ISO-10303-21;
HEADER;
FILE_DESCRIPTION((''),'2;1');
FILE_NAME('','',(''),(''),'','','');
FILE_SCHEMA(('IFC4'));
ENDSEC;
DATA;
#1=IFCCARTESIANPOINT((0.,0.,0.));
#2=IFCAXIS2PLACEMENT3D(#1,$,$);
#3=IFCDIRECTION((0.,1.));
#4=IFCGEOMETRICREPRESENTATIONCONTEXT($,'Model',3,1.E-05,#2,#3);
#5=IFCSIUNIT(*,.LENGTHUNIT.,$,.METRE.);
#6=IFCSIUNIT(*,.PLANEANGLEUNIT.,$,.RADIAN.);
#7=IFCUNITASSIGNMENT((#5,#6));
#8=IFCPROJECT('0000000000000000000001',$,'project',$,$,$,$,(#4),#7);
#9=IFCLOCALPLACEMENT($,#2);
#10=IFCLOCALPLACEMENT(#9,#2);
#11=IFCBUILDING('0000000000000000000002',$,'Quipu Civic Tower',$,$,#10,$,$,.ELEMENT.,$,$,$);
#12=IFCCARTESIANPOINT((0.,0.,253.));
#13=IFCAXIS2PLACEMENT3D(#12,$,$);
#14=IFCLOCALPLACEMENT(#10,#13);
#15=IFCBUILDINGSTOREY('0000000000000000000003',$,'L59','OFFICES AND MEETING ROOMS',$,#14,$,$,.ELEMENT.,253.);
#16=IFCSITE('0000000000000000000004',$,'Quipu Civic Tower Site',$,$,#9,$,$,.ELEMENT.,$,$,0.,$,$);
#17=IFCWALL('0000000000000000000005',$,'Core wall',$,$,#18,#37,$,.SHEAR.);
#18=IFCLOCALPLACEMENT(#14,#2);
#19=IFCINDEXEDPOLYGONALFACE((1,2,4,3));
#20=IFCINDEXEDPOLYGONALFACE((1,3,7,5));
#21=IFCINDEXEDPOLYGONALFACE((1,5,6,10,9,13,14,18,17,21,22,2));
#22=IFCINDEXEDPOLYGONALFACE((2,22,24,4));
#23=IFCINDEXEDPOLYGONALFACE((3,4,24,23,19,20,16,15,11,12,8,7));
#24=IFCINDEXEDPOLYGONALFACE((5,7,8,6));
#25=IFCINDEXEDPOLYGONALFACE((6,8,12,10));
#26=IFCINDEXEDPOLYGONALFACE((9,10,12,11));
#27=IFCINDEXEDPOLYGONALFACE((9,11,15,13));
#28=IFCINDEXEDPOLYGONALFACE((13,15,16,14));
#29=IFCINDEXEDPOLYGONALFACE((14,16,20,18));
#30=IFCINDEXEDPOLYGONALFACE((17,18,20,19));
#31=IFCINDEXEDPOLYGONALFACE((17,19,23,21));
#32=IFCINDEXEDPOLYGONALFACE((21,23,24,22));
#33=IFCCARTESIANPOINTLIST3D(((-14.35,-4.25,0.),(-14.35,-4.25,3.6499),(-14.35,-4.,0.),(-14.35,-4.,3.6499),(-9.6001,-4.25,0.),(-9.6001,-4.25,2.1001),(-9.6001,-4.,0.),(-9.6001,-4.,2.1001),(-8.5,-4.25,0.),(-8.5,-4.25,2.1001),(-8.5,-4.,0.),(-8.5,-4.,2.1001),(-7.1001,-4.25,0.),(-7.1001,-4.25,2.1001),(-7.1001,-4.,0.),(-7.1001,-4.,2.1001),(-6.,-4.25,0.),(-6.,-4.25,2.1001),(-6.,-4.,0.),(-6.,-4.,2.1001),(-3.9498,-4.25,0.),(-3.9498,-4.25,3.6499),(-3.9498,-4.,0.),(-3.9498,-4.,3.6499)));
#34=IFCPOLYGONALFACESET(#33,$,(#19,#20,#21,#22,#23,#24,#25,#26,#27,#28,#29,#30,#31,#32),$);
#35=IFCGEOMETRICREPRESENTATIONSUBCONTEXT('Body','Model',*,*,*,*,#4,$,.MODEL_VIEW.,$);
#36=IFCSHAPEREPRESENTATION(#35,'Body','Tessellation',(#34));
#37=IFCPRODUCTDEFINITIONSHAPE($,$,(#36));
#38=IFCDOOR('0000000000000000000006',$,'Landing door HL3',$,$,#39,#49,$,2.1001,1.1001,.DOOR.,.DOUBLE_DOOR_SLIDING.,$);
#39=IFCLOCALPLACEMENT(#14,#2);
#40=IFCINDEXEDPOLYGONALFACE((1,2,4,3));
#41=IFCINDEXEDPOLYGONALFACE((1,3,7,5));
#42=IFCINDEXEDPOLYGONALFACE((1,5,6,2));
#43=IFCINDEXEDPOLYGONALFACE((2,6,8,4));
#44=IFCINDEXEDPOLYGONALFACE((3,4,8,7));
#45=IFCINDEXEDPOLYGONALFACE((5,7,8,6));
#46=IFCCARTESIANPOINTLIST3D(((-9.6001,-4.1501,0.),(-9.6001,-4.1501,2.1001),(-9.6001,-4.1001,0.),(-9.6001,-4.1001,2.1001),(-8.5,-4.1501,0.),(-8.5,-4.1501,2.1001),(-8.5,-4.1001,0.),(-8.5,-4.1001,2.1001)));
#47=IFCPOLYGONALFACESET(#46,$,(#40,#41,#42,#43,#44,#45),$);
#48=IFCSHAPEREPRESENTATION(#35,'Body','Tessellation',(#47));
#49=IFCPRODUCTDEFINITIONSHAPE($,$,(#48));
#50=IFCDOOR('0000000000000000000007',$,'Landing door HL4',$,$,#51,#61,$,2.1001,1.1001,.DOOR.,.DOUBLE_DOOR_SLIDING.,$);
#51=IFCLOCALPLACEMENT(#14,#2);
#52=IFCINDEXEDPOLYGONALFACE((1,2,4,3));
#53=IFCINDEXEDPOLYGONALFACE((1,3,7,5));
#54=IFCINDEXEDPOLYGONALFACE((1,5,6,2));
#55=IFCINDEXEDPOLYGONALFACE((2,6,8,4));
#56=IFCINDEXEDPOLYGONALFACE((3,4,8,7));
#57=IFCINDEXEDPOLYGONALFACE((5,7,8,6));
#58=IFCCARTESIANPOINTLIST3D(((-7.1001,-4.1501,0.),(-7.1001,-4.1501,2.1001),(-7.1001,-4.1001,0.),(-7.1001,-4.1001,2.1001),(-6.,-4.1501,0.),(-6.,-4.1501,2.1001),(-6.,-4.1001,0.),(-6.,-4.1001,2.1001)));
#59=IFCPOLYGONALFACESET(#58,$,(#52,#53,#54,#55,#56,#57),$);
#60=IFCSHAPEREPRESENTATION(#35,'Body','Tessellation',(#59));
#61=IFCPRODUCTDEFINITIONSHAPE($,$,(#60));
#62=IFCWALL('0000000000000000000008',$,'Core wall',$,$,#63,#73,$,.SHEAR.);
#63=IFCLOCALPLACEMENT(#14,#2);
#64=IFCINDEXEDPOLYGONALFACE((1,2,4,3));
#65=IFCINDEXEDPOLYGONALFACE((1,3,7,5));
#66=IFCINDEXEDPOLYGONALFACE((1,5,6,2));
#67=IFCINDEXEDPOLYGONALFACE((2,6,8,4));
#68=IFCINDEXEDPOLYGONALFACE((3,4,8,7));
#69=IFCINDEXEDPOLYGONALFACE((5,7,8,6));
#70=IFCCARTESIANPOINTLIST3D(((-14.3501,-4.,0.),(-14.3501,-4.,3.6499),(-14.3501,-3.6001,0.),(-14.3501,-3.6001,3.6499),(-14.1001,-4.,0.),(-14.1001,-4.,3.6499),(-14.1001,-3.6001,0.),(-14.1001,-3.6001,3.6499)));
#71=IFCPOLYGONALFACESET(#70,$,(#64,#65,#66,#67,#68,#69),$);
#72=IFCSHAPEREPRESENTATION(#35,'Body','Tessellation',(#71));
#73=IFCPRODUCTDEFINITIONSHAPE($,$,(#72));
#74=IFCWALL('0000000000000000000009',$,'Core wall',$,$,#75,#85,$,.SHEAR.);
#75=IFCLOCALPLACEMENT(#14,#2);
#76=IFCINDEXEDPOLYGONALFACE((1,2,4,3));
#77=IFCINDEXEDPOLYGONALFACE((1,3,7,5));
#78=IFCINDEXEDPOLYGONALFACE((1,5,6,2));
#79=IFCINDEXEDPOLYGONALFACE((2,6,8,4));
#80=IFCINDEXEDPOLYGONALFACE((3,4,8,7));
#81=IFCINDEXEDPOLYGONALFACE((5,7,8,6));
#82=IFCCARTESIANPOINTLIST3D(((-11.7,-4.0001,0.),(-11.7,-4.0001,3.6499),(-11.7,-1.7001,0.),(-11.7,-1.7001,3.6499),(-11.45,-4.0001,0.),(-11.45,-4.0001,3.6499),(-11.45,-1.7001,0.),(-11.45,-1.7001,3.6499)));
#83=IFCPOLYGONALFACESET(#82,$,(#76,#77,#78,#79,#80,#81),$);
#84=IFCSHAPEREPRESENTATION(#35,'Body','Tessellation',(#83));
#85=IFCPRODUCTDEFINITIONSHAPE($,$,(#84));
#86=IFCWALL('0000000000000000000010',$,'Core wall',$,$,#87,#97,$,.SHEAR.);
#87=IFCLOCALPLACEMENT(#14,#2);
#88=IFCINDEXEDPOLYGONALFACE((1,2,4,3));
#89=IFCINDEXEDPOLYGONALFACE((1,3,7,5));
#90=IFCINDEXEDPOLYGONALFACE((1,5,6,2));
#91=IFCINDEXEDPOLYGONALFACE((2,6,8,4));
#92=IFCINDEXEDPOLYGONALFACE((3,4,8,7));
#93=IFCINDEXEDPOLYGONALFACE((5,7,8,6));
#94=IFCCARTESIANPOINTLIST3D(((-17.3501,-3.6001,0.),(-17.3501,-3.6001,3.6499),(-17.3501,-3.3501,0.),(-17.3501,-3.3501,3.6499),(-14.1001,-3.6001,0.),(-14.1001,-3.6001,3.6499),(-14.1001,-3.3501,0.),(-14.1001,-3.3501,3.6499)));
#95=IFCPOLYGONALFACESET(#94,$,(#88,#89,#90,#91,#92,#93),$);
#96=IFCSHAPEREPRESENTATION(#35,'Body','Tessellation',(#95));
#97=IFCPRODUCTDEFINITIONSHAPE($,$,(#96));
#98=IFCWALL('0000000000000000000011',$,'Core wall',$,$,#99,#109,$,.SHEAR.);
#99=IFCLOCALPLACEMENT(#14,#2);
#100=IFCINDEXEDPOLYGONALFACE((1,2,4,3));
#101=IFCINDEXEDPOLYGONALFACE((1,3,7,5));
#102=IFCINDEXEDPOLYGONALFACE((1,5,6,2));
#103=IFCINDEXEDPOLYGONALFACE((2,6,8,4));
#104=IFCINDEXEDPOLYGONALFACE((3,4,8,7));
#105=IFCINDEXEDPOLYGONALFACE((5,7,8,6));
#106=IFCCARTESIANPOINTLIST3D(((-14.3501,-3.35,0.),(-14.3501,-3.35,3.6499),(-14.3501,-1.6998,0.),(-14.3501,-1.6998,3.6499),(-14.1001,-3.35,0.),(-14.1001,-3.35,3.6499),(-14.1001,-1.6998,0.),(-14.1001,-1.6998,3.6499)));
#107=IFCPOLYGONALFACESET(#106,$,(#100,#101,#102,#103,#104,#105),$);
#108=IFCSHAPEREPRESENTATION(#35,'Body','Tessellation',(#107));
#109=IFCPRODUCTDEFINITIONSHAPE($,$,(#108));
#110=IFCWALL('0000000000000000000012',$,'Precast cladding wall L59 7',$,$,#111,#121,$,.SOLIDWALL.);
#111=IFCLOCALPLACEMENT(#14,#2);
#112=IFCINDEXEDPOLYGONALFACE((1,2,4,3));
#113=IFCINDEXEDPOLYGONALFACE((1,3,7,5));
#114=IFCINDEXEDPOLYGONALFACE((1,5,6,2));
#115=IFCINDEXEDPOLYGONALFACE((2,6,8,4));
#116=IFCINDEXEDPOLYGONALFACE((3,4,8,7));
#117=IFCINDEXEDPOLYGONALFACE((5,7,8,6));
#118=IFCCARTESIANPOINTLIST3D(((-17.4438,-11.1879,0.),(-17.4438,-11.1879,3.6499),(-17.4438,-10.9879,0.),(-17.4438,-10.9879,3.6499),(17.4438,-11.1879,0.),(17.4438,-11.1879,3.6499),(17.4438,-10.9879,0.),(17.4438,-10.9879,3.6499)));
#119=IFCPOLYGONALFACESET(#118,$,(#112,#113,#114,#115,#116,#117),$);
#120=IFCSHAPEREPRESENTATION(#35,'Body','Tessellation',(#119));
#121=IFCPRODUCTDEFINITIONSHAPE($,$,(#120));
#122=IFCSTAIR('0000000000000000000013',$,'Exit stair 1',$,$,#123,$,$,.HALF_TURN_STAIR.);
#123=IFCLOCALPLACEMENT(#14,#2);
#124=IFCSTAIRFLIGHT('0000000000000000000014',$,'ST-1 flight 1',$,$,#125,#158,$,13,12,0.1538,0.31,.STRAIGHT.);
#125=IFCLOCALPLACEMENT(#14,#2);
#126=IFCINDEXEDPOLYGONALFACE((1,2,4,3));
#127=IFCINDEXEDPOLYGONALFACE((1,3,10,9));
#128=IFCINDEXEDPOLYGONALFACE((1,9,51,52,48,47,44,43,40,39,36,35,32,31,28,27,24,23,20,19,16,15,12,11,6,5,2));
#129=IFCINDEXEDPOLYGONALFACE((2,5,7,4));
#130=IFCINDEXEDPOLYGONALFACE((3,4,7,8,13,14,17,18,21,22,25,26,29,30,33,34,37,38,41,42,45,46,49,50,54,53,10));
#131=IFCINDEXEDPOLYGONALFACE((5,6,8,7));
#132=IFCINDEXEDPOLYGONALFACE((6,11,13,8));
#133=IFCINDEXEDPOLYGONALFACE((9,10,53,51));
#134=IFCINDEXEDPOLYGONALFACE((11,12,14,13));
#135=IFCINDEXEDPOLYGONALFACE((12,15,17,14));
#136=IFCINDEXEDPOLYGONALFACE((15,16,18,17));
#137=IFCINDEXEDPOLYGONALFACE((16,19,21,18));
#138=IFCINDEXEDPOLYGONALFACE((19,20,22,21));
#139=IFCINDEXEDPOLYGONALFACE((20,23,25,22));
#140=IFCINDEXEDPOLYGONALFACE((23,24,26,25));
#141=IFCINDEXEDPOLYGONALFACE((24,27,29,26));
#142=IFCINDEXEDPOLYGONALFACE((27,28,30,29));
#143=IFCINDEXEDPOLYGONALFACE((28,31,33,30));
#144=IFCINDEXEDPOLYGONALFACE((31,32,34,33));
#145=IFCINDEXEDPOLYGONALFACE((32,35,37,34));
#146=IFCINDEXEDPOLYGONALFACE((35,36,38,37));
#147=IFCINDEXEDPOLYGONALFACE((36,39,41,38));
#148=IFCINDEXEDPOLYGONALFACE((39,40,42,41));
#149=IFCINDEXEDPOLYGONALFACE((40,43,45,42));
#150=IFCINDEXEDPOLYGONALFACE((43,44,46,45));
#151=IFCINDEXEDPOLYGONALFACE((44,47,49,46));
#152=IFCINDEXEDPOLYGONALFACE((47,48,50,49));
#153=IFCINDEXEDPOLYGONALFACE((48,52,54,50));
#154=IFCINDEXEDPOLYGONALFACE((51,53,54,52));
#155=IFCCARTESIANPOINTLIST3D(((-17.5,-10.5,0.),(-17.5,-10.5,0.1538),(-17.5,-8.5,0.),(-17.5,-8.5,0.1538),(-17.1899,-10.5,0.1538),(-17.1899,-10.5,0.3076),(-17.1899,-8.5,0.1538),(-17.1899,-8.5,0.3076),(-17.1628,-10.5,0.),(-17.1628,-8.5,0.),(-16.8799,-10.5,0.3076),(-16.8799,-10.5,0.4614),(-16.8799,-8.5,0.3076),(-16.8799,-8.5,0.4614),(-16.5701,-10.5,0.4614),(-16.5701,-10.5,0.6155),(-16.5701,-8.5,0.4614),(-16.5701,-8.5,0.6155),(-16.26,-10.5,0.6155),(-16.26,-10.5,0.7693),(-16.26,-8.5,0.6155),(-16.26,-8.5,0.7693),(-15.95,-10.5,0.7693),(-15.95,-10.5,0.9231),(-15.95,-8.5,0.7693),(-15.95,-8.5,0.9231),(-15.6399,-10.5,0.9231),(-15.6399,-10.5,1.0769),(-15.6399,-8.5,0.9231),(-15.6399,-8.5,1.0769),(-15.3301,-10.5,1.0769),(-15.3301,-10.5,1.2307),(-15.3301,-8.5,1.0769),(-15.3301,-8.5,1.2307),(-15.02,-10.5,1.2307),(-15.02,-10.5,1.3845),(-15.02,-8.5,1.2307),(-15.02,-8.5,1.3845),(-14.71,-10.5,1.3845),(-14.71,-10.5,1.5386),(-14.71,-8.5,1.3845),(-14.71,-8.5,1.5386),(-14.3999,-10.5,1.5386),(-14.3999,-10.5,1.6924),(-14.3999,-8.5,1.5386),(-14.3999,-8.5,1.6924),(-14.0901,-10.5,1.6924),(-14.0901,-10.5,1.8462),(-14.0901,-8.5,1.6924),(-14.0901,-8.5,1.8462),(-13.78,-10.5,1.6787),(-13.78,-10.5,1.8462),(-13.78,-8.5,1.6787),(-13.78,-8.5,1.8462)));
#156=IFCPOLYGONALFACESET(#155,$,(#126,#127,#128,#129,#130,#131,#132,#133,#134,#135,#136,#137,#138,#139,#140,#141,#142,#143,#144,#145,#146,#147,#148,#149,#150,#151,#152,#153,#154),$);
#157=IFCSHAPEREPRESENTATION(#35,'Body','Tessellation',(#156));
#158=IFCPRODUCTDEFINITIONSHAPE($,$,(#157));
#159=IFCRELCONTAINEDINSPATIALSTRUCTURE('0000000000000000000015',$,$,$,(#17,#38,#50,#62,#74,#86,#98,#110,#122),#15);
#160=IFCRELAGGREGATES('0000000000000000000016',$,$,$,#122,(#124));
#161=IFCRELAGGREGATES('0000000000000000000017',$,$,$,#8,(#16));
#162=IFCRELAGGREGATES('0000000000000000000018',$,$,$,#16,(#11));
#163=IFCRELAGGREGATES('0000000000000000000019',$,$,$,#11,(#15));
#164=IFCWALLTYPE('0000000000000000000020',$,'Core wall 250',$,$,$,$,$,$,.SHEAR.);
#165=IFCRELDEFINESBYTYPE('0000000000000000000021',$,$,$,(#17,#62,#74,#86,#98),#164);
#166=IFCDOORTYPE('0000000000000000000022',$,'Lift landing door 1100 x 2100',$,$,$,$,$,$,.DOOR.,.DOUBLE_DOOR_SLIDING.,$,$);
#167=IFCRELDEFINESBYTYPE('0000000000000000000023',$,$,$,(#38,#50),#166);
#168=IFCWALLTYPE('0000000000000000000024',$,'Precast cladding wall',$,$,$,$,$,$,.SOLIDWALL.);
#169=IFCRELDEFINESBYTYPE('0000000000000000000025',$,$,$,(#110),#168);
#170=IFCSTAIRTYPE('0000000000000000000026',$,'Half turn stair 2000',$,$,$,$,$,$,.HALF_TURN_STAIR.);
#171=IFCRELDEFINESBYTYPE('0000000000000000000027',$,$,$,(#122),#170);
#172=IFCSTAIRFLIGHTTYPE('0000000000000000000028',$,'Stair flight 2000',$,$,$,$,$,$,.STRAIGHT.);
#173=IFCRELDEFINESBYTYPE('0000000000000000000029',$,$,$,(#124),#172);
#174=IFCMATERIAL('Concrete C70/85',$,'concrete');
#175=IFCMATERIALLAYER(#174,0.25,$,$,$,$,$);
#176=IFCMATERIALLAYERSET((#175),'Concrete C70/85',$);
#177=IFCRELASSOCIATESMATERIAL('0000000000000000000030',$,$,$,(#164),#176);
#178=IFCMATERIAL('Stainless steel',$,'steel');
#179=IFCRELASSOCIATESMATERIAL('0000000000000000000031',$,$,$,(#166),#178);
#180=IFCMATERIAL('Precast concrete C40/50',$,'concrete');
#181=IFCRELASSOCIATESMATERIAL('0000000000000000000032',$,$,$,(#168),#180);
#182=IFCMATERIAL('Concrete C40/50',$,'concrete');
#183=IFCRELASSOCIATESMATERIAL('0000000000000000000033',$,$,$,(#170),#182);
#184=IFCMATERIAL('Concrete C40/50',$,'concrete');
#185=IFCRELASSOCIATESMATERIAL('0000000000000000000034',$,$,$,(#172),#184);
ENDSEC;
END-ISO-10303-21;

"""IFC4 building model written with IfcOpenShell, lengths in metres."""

from ifc_helpers import new_model, si_unit, direction, frame, frame_2d, origin, place, context, subcontext, project, spatial, polyline, rectangle, outline, extrude, material, layer, layer_set, type_object, element, fill, aggregate, save


model = new_model("IFC4")

# Units and contexts
model_context = context("Model", 3, precision=1e-05, world=origin(), true_north=direction((0.0, 1.0)))
body_context = subcontext(model_context, "Body", "Model", "MODEL_VIEW")
ifc_project = project(units=[si_unit("LENGTHUNIT", "METRE"), si_unit("PLANEANGLEUNIT", "RADIAN")], contexts=[model_context])

# Site, building, storey
site_placement = place(None, origin())
site = spatial("IfcSite", under=ifc_project, at=site_placement, Name="Quipu Civic Tower Site", CompositionType="ELEMENT", RefElevation=0.0)
building_placement = place(site_placement, origin())
building = spatial("IfcBuilding", under=site, at=building_placement, Name="Quipu Civic Tower", CompositionType="ELEMENT")
storey_placement = place(building_placement, frame((0.0, 0.0, 253.0)))
storey = spatial("IfcBuildingStorey", under=building, at=storey_placement, Name="L59", Description="OFFICES AND MEETING ROOMS", CompositionType="ELEMENT", Elevation=253.0)

# Shared definitions
ifc_material_1 = material(Name="Concrete C70/85", Category="concrete")
ifc_layer = layer(ifc_material_1, 0.25)
ifc_layer_set = layer_set([ifc_layer], Name="Concrete C70/85")
wall_type_1 = type_object("IfcWallType", Name="Core wall 250", PredefinedType="SHEAR", material=ifc_layer_set)

# Wall, openings, doors
wall_1_placement = place(storey_placement, frame((-14.3501, -4.125, 0.0), z_axis=(0.0, 0.0, 1.0), x_axis=(1.0, 0.0, 0.0)))
wall_1 = element("IfcWall", 1, at=wall_1_placement, inside=storey, type_object=wall_type_1, Name="Core wall", PredefinedType="SHEAR", context=body_context, shape_type="SweptSolid", body=[
    extrude(rectangle(XDim=10.4001, YDim=0.25, at=frame_2d((5.2002, 0.0))), origin(), (0.0, 0.0, 1.0), 3.6499),
])
opening_1_placement = place(wall_1_placement, frame((4.75, 0.0, 0.0)))
opening_1 = element("IfcOpeningElement", 2, at=opening_1_placement, cuts=wall_1, PredefinedType="OPENING", context=body_context, shape_type="SweptSolid", body=[
    extrude(rectangle(XDim=1.1001, YDim=2.1001, at=frame_2d((0.55, 1.05))), frame((0.0, 0.135, 0.0), z_axis=(0.0, -1.0, 0.0), x_axis=(1.0, 0.0, 0.0)), (0.0, 0.0, 1.0), 0.27),
])
opening_2_placement = place(wall_1_placement, frame((7.25, 0.0, 0.0)))
opening_2 = element("IfcOpeningElement", 3, at=opening_2_placement, cuts=wall_1, PredefinedType="OPENING", context=body_context, shape_type="SweptSolid", body=[
    extrude(rectangle(XDim=1.1001, YDim=2.1001, at=frame_2d((0.55, 1.05))), frame((0.0, 0.135, 0.0), z_axis=(0.0, -1.0, 0.0), x_axis=(1.0, 0.0, 0.0)), (0.0, 0.0, 1.0), 0.27),
])
ifc_material_2 = material(Name="Stainless steel", Category="steel")
door_type_1 = type_object("IfcDoorType", Name="Lift landing door 1100 x 2100", OperationType="DOUBLE_DOOR_SLIDING", PredefinedType="DOOR", material=ifc_material_2)
door_1_placement = place(opening_1_placement, origin())
door_1 = element("IfcDoor", 4, at=door_1_placement, inside=storey, type_object=door_type_1, Name="Landing door HL3", OperationType="DOUBLE_DOOR_SLIDING", OverallHeight=2.1001, OverallWidth=1.1001, PredefinedType="DOOR", context=body_context, shape_type="SweptSolid", body=[
    extrude(rectangle(XDim=1.1001, YDim=2.1001, at=frame_2d((0.55, 1.05))), frame((0.0, 0.0249, 0.0), z_axis=(0.0, -1.0, 0.0), x_axis=(1.0, 0.0, 0.0)), (0.0, 0.0, 1.0), 0.05),
])
fill(opening_1, door_1)
door_2_placement = place(opening_2_placement, origin())
door_2 = element("IfcDoor", 5, at=door_2_placement, inside=storey, type_object=door_type_1, Name="Landing door HL4", OperationType="DOUBLE_DOOR_SLIDING", OverallHeight=2.1001, OverallWidth=1.1001, PredefinedType="DOOR", context=body_context, shape_type="SweptSolid", body=[
    extrude(rectangle(XDim=1.1001, YDim=2.1001, at=frame_2d((0.55, 1.05))), frame((0.0, 0.0249, 0.0), z_axis=(0.0, -1.0, 0.0), x_axis=(1.0, 0.0, 0.0)), (0.0, 0.0, 1.0), 0.05),
])
fill(opening_2, door_2)

# Walls
wall_2_placement = place(storey_placement, frame((-14.2251, -4.0, 0.0), z_axis=(0.0, 0.0, 1.0), x_axis=(0.0, 1.0, 0.0)))
element("IfcWall", 6, at=wall_2_placement, inside=storey, type_object=wall_type_1, Name="Core wall", PredefinedType="SHEAR", context=body_context, shape_type="SweptSolid", body=[
    extrude(rectangle(XDim=0.3999, YDim=0.25, at=frame_2d((0.2, 0.0))), origin(), (0.0, 0.0, 1.0), 3.6499),
])
wall_3_placement = place(storey_placement, frame((-11.575, -4.0, 0.0), z_axis=(0.0, 0.0, 1.0), x_axis=(0.0, 1.0, 0.0)))
element("IfcWall", 7, at=wall_3_placement, inside=storey, type_object=wall_type_1, Name="Core wall", PredefinedType="SHEAR", context=body_context, shape_type="SweptSolid", body=[
    extrude(rectangle(XDim=2.3, YDim=0.25, at=frame_2d((1.1499, 0.0))), origin(), (0.0, 0.0, 1.0), 3.6499),
])
wall_4_placement = place(storey_placement, frame((-17.3501, -3.4751, 0.0), z_axis=(0.0, 0.0, 1.0), x_axis=(1.0, 0.0, 0.0)))
element("IfcWall", 8, at=wall_4_placement, inside=storey, type_object=wall_type_1, Name="Core wall", PredefinedType="SHEAR", context=body_context, shape_type="SweptSolid", body=[
    extrude(rectangle(XDim=3.25, YDim=0.25, at=frame_2d((1.625, 0.0))), origin(), (0.0, 0.0, 1.0), 3.6499),
])
wall_5_placement = place(storey_placement, frame((-14.2251, -3.3501, 0.0), z_axis=(0.0, 0.0, 1.0), x_axis=(0.0, 1.0, 0.0)))
element("IfcWall", 9, at=wall_5_placement, inside=storey, type_object=wall_type_1, Name="Core wall", PredefinedType="SHEAR", context=body_context, shape_type="SweptSolid", body=[
    extrude(rectangle(XDim=1.6501, YDim=0.25, at=frame_2d((0.8252, 0.0))), origin(), (0.0, 0.0, 1.0), 3.6499),
])
ifc_material_3 = material(Name="Precast concrete C40/50", Category="concrete")
wall_type_2 = type_object("IfcWallType", Name="Precast cladding wall", PredefinedType="SOLIDWALL", material=ifc_material_3)
wall_6_placement = place(storey_placement, frame((-17.4438, -11.0879, 0.0), z_axis=(0.0, 0.0, 1.0), x_axis=(1.0, 0.0, 0.0)))
element("IfcWall", 10, at=wall_6_placement, inside=storey, type_object=wall_type_2, Name="Precast cladding wall L59 7", PredefinedType="SOLIDWALL", context=body_context, shape_type="SweptSolid", body=[
    extrude(rectangle(XDim=34.8877, YDim=0.2, at=frame_2d((17.4438, 0.0))), origin(), (0.0, 0.0, 1.0), 3.6499),
])

# Stair, stair flight
ifc_material_4 = material(Name="Concrete C40/50", Category="concrete")
stair_type = type_object("IfcStairType", Name="Half turn stair 2000", PredefinedType="HALF_TURN_STAIR", material=ifc_material_4)
stair_placement = place(storey_placement, origin())
stair = element("IfcStair", 11, at=stair_placement, inside=storey, type_object=stair_type, Name="Exit stair 1", PredefinedType="HALF_TURN_STAIR")
ifc_material_5 = material(Name="Concrete C40/50", Category="concrete")
stair_flight_type = type_object("IfcStairFlightType", Name="Stair flight 2000", PredefinedType="STRAIGHT", material=ifc_material_5)
stair_flight_1_placement = place(storey_placement, frame((-17.5, -9.5, 0.0), z_axis=(0.0, 0.0, 1.0), x_axis=(1.0, 0.0, 0.0)))
stair_flight_1 = element("IfcStairFlight", 12, at=stair_flight_1_placement, type_object=stair_flight_type, Name="ST-1 flight 1", NumberOfRisers=13, NumberOfTreads=12, PredefinedType="STRAIGHT", RiserHeight=0.1538, TreadLength=0.31, context=body_context, shape_type="SweptSolid", body=[
    extrude(outline(polyline([(0.0, 0.0), (0.0, 0.1538), (0.3101, 0.1538), (0.3101, 0.3076), (0.6201, 0.3076), (0.6201, 0.4614), (0.9299, 0.4614), (0.9299, 0.6155), (1.24, 0.6155), (1.24, 0.7693), (1.55, 0.7693), (1.55, 0.9231), (1.8601, 0.9231), (1.8601, 1.0769), (2.1699, 1.0769), (2.1699, 1.2307), (2.48, 1.2307), (2.48, 1.3845), (2.79, 1.3845), (2.79, 1.5386), (3.1001, 1.5386), (3.1001, 1.6924), (3.4099, 1.6924), (3.4099, 1.8462), (3.72, 1.8462), (3.72, 2.0), (3.72, 1.6787), (0.3372, 0.0), (0.0, 0.0)])), frame((0.0, 1.0, 0.0), z_axis=(0.0, -1.0, 0.0), x_axis=(1.0, 0.0, 0.0)), (0.0, 0.0, 1.0), 2.0),
])
aggregate(stair, [stair_flight_1])

save(model, "model.ifc")
